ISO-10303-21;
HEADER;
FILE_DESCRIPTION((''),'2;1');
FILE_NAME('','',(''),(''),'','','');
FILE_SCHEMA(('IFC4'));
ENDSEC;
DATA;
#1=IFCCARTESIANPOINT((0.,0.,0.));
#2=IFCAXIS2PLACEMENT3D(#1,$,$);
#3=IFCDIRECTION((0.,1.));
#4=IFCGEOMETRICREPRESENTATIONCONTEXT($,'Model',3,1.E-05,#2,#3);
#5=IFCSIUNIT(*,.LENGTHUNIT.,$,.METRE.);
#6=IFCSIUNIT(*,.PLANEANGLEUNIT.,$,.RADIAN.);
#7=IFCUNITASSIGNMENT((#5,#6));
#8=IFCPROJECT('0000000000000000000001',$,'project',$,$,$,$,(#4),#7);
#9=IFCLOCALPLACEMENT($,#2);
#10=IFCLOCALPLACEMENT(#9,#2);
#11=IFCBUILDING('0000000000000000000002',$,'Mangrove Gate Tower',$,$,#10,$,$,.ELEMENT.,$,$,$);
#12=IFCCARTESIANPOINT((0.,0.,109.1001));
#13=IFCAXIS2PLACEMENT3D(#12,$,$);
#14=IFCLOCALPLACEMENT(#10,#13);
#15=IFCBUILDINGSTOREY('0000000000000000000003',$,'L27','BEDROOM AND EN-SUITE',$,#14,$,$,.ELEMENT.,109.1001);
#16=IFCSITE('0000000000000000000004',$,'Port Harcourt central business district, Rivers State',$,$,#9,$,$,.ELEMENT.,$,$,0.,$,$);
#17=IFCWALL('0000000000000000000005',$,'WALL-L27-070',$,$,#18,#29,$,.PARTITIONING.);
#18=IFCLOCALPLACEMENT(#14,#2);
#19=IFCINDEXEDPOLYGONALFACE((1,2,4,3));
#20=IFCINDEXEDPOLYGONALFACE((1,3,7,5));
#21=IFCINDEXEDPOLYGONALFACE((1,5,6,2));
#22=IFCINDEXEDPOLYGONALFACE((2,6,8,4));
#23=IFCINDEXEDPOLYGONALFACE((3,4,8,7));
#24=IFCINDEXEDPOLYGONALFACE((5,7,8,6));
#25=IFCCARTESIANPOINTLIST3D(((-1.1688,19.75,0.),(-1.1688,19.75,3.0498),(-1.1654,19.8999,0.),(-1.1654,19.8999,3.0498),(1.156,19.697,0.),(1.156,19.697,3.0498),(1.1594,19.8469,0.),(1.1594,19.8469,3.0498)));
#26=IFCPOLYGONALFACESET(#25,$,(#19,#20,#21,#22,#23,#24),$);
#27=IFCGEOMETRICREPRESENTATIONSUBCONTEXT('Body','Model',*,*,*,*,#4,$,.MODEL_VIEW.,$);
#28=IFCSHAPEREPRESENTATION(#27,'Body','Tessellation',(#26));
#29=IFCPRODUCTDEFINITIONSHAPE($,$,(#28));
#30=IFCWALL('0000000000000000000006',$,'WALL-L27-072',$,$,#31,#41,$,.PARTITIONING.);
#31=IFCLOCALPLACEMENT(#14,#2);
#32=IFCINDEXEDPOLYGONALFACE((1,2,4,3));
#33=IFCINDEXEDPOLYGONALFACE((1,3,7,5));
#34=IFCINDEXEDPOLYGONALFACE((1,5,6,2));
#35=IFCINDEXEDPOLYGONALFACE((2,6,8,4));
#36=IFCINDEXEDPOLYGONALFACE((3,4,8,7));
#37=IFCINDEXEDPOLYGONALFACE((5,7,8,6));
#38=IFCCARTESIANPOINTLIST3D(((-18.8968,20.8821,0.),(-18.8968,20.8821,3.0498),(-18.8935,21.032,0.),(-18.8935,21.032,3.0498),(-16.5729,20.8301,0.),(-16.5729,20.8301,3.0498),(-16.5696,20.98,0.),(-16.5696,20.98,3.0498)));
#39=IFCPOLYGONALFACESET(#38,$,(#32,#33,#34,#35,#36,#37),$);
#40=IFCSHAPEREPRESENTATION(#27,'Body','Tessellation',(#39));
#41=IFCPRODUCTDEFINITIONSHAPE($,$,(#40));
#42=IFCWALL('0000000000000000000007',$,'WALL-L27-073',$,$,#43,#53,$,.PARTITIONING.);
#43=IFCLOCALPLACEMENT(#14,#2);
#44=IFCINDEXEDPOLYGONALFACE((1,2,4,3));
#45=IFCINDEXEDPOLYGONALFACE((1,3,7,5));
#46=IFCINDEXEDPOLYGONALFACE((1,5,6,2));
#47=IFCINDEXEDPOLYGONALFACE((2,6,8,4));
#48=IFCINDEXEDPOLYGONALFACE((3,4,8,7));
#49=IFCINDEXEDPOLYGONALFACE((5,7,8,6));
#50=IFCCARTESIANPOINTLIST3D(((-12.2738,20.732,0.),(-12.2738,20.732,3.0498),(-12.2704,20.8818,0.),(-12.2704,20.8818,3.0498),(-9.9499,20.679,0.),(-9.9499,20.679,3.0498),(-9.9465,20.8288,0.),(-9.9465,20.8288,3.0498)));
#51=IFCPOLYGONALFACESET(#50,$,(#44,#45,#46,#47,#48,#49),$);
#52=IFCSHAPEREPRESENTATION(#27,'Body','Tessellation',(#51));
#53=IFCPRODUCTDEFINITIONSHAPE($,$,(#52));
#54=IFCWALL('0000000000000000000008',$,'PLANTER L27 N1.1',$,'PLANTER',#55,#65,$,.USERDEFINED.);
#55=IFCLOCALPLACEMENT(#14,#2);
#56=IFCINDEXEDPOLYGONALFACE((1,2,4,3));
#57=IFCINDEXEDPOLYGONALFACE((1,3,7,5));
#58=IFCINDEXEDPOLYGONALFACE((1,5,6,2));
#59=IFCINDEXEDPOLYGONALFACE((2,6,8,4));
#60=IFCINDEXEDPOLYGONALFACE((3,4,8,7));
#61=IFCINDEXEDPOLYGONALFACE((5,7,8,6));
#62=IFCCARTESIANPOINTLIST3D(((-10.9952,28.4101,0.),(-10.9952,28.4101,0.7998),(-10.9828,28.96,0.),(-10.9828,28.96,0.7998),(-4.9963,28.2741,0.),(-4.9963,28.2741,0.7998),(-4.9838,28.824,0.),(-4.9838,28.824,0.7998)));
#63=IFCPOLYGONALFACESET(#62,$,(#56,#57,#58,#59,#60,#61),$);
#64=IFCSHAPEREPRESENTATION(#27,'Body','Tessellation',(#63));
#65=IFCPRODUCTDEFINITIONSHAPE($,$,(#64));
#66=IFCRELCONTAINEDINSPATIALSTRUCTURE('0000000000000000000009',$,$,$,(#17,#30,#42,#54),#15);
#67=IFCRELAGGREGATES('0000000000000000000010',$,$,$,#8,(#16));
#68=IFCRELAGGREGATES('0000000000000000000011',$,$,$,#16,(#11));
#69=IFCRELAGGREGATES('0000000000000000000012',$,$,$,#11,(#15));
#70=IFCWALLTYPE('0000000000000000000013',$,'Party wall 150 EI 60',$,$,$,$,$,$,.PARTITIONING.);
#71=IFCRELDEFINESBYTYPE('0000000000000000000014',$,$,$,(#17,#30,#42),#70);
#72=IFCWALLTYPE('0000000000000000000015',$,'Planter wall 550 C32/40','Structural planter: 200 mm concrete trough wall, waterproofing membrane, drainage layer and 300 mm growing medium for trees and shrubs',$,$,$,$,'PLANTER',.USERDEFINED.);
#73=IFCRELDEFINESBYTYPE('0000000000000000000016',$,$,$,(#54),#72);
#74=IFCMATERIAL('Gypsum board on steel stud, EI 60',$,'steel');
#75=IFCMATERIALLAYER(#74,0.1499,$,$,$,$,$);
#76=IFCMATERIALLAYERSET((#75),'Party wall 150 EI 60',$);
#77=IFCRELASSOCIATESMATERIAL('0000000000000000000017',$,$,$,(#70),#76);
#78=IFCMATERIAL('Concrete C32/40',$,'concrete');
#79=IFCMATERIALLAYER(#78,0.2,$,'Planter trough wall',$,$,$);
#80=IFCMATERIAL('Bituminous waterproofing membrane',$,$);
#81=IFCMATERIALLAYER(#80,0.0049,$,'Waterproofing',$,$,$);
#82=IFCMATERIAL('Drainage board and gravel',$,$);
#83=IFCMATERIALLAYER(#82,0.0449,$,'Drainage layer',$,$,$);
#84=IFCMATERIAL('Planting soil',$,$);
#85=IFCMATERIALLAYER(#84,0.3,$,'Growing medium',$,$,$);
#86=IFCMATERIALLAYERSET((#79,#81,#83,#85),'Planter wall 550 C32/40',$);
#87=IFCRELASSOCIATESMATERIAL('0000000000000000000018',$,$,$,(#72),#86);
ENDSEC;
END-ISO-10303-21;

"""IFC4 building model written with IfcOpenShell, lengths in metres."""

from ifc_helpers import new_model, si_unit, direction, frame, frame_2d, origin, place, context, subcontext, project, spatial, rectangle, extrude, material, layer, layer_set, type_object, element, save


model = new_model("IFC4")

# Units and contexts
model_context = context("Model", 3, precision=1e-05, world=origin(), true_north=direction((0.0, 1.0)))
body_context = subcontext(model_context, "Body", "Model", "MODEL_VIEW")
ifc_project = project(units=[si_unit("LENGTHUNIT", "METRE"), si_unit("PLANEANGLEUNIT", "RADIAN")], contexts=[model_context])

# Site, building, storey
site_placement = place(None, origin())
site = spatial("IfcSite", under=ifc_project, at=site_placement, Name="Port Harcourt central business district, Rivers State", CompositionType="ELEMENT", RefElevation=0.0)
building_placement = place(site_placement, origin())
building = spatial("IfcBuilding", under=site, at=building_placement, Name="Mangrove Gate Tower", CompositionType="ELEMENT")
storey_placement = place(building_placement, frame((0.0, 0.0, 109.1001)))
storey = spatial("IfcBuildingStorey", under=building, at=storey_placement, Name="L27", Description="BEDROOM AND EN-SUITE", CompositionType="ELEMENT", Elevation=109.1001)

# Shared definitions
ifc_material_1 = material(Name="Gypsum board on steel stud, EI 60", Category="steel")
ifc_layer_1 = layer(ifc_material_1, 0.1499)
ifc_layer_set_1 = layer_set([ifc_layer_1], Name="Party wall 150 EI 60")
wall_type_1 = type_object("IfcWallType", Name="Party wall 150 EI 60", PredefinedType="PARTITIONING", material=ifc_layer_set_1)

# Walls
wall_1_placement = place(storey_placement, frame((-1.167, 19.825, 0.0), z_axis=(0.0, 0.0, 1.0), x_axis=(0.99974, -0.022781, 0.0)))
element("IfcWall", 1, at=wall_1_placement, inside=storey, type_object=wall_type_1, Name="WALL-L27-070", PredefinedType="PARTITIONING", context=body_context, shape_type="SweptSolid", body=[
    extrude(rectangle(XDim=2.3254, YDim=0.1499, at=frame_2d((1.1626, 0.0))), origin(), (0.0, 0.0, 1.0), 3.0498),
])
for number, where, z_axis, x_axis, name in (
    (2, (-18.895, 20.957, 0.0), (0.0, 0.0, 1.0), (0.99975, -0.022371, 0.0), "WALL-L27-072"),
    (3, (-12.272, 20.8069, 0.0), (0.0, 0.0, 1.0), (0.99974, -0.022791, 0.0), "WALL-L27-073"),
):
    element("IfcWall", number, at=place(storey_placement, frame(where, z_axis=z_axis, x_axis=x_axis)), inside=storey, type_object=wall_type_1, Name=name, PredefinedType="PARTITIONING", context=body_context, shape_type="SweptSolid", body=[
        extrude(rectangle(XDim=2.3245, YDim=0.1499, at=frame_2d((1.1621, 0.0))), origin(), (0.0, 0.0, 1.0), 3.0498),
    ])
ifc_material_2 = material(Name="Concrete C32/40", Category="concrete")
ifc_layer_2 = layer(ifc_material_2, 0.2, Name="Planter trough wall")
ifc_material_3 = material(Name="Bituminous waterproofing membrane")
ifc_layer_3 = layer(ifc_material_3, 0.0049, Name="Waterproofing")
ifc_material_4 = material(Name="Drainage board and gravel")
ifc_layer_4 = layer(ifc_material_4, 0.0449, Name="Drainage layer")
ifc_material_5 = material(Name="Planting soil")
ifc_layer_5 = layer(ifc_material_5, 0.3, Name="Growing medium")
ifc_layer_set_2 = layer_set([ifc_layer_2, ifc_layer_3, ifc_layer_4, ifc_layer_5], Name="Planter wall 550 C32/40")
wall_type_2 = type_object("IfcWallType", Name="Planter wall 550 C32/40", Description="Structural planter: 200 mm concrete trough wall, waterproofing membrane, drainage layer and 300 mm growing medium for trees and shrubs", ElementType="PLANTER", PredefinedType="USERDEFINED", material=ifc_layer_set_2)
wall_2_placement = place(storey_placement, frame((-10.989, 28.6851, 0.0), z_axis=(0.0, 0.0, 1.0), x_axis=(0.999743, -0.022662, 0.0)))
element("IfcWall", 4, at=wall_2_placement, inside=storey, type_object=wall_type_2, Name="PLANTER L27 N1.1", ObjectType="PLANTER", PredefinedType="USERDEFINED", context=body_context, shape_type="SweptSolid", body=[
    extrude(rectangle(XDim=6.0005, YDim=0.55, at=frame_2d((3.0002, 0.0))), origin(), (0.0, 0.0, 1.0), 0.7998),
])

save(model, "model.ifc")
